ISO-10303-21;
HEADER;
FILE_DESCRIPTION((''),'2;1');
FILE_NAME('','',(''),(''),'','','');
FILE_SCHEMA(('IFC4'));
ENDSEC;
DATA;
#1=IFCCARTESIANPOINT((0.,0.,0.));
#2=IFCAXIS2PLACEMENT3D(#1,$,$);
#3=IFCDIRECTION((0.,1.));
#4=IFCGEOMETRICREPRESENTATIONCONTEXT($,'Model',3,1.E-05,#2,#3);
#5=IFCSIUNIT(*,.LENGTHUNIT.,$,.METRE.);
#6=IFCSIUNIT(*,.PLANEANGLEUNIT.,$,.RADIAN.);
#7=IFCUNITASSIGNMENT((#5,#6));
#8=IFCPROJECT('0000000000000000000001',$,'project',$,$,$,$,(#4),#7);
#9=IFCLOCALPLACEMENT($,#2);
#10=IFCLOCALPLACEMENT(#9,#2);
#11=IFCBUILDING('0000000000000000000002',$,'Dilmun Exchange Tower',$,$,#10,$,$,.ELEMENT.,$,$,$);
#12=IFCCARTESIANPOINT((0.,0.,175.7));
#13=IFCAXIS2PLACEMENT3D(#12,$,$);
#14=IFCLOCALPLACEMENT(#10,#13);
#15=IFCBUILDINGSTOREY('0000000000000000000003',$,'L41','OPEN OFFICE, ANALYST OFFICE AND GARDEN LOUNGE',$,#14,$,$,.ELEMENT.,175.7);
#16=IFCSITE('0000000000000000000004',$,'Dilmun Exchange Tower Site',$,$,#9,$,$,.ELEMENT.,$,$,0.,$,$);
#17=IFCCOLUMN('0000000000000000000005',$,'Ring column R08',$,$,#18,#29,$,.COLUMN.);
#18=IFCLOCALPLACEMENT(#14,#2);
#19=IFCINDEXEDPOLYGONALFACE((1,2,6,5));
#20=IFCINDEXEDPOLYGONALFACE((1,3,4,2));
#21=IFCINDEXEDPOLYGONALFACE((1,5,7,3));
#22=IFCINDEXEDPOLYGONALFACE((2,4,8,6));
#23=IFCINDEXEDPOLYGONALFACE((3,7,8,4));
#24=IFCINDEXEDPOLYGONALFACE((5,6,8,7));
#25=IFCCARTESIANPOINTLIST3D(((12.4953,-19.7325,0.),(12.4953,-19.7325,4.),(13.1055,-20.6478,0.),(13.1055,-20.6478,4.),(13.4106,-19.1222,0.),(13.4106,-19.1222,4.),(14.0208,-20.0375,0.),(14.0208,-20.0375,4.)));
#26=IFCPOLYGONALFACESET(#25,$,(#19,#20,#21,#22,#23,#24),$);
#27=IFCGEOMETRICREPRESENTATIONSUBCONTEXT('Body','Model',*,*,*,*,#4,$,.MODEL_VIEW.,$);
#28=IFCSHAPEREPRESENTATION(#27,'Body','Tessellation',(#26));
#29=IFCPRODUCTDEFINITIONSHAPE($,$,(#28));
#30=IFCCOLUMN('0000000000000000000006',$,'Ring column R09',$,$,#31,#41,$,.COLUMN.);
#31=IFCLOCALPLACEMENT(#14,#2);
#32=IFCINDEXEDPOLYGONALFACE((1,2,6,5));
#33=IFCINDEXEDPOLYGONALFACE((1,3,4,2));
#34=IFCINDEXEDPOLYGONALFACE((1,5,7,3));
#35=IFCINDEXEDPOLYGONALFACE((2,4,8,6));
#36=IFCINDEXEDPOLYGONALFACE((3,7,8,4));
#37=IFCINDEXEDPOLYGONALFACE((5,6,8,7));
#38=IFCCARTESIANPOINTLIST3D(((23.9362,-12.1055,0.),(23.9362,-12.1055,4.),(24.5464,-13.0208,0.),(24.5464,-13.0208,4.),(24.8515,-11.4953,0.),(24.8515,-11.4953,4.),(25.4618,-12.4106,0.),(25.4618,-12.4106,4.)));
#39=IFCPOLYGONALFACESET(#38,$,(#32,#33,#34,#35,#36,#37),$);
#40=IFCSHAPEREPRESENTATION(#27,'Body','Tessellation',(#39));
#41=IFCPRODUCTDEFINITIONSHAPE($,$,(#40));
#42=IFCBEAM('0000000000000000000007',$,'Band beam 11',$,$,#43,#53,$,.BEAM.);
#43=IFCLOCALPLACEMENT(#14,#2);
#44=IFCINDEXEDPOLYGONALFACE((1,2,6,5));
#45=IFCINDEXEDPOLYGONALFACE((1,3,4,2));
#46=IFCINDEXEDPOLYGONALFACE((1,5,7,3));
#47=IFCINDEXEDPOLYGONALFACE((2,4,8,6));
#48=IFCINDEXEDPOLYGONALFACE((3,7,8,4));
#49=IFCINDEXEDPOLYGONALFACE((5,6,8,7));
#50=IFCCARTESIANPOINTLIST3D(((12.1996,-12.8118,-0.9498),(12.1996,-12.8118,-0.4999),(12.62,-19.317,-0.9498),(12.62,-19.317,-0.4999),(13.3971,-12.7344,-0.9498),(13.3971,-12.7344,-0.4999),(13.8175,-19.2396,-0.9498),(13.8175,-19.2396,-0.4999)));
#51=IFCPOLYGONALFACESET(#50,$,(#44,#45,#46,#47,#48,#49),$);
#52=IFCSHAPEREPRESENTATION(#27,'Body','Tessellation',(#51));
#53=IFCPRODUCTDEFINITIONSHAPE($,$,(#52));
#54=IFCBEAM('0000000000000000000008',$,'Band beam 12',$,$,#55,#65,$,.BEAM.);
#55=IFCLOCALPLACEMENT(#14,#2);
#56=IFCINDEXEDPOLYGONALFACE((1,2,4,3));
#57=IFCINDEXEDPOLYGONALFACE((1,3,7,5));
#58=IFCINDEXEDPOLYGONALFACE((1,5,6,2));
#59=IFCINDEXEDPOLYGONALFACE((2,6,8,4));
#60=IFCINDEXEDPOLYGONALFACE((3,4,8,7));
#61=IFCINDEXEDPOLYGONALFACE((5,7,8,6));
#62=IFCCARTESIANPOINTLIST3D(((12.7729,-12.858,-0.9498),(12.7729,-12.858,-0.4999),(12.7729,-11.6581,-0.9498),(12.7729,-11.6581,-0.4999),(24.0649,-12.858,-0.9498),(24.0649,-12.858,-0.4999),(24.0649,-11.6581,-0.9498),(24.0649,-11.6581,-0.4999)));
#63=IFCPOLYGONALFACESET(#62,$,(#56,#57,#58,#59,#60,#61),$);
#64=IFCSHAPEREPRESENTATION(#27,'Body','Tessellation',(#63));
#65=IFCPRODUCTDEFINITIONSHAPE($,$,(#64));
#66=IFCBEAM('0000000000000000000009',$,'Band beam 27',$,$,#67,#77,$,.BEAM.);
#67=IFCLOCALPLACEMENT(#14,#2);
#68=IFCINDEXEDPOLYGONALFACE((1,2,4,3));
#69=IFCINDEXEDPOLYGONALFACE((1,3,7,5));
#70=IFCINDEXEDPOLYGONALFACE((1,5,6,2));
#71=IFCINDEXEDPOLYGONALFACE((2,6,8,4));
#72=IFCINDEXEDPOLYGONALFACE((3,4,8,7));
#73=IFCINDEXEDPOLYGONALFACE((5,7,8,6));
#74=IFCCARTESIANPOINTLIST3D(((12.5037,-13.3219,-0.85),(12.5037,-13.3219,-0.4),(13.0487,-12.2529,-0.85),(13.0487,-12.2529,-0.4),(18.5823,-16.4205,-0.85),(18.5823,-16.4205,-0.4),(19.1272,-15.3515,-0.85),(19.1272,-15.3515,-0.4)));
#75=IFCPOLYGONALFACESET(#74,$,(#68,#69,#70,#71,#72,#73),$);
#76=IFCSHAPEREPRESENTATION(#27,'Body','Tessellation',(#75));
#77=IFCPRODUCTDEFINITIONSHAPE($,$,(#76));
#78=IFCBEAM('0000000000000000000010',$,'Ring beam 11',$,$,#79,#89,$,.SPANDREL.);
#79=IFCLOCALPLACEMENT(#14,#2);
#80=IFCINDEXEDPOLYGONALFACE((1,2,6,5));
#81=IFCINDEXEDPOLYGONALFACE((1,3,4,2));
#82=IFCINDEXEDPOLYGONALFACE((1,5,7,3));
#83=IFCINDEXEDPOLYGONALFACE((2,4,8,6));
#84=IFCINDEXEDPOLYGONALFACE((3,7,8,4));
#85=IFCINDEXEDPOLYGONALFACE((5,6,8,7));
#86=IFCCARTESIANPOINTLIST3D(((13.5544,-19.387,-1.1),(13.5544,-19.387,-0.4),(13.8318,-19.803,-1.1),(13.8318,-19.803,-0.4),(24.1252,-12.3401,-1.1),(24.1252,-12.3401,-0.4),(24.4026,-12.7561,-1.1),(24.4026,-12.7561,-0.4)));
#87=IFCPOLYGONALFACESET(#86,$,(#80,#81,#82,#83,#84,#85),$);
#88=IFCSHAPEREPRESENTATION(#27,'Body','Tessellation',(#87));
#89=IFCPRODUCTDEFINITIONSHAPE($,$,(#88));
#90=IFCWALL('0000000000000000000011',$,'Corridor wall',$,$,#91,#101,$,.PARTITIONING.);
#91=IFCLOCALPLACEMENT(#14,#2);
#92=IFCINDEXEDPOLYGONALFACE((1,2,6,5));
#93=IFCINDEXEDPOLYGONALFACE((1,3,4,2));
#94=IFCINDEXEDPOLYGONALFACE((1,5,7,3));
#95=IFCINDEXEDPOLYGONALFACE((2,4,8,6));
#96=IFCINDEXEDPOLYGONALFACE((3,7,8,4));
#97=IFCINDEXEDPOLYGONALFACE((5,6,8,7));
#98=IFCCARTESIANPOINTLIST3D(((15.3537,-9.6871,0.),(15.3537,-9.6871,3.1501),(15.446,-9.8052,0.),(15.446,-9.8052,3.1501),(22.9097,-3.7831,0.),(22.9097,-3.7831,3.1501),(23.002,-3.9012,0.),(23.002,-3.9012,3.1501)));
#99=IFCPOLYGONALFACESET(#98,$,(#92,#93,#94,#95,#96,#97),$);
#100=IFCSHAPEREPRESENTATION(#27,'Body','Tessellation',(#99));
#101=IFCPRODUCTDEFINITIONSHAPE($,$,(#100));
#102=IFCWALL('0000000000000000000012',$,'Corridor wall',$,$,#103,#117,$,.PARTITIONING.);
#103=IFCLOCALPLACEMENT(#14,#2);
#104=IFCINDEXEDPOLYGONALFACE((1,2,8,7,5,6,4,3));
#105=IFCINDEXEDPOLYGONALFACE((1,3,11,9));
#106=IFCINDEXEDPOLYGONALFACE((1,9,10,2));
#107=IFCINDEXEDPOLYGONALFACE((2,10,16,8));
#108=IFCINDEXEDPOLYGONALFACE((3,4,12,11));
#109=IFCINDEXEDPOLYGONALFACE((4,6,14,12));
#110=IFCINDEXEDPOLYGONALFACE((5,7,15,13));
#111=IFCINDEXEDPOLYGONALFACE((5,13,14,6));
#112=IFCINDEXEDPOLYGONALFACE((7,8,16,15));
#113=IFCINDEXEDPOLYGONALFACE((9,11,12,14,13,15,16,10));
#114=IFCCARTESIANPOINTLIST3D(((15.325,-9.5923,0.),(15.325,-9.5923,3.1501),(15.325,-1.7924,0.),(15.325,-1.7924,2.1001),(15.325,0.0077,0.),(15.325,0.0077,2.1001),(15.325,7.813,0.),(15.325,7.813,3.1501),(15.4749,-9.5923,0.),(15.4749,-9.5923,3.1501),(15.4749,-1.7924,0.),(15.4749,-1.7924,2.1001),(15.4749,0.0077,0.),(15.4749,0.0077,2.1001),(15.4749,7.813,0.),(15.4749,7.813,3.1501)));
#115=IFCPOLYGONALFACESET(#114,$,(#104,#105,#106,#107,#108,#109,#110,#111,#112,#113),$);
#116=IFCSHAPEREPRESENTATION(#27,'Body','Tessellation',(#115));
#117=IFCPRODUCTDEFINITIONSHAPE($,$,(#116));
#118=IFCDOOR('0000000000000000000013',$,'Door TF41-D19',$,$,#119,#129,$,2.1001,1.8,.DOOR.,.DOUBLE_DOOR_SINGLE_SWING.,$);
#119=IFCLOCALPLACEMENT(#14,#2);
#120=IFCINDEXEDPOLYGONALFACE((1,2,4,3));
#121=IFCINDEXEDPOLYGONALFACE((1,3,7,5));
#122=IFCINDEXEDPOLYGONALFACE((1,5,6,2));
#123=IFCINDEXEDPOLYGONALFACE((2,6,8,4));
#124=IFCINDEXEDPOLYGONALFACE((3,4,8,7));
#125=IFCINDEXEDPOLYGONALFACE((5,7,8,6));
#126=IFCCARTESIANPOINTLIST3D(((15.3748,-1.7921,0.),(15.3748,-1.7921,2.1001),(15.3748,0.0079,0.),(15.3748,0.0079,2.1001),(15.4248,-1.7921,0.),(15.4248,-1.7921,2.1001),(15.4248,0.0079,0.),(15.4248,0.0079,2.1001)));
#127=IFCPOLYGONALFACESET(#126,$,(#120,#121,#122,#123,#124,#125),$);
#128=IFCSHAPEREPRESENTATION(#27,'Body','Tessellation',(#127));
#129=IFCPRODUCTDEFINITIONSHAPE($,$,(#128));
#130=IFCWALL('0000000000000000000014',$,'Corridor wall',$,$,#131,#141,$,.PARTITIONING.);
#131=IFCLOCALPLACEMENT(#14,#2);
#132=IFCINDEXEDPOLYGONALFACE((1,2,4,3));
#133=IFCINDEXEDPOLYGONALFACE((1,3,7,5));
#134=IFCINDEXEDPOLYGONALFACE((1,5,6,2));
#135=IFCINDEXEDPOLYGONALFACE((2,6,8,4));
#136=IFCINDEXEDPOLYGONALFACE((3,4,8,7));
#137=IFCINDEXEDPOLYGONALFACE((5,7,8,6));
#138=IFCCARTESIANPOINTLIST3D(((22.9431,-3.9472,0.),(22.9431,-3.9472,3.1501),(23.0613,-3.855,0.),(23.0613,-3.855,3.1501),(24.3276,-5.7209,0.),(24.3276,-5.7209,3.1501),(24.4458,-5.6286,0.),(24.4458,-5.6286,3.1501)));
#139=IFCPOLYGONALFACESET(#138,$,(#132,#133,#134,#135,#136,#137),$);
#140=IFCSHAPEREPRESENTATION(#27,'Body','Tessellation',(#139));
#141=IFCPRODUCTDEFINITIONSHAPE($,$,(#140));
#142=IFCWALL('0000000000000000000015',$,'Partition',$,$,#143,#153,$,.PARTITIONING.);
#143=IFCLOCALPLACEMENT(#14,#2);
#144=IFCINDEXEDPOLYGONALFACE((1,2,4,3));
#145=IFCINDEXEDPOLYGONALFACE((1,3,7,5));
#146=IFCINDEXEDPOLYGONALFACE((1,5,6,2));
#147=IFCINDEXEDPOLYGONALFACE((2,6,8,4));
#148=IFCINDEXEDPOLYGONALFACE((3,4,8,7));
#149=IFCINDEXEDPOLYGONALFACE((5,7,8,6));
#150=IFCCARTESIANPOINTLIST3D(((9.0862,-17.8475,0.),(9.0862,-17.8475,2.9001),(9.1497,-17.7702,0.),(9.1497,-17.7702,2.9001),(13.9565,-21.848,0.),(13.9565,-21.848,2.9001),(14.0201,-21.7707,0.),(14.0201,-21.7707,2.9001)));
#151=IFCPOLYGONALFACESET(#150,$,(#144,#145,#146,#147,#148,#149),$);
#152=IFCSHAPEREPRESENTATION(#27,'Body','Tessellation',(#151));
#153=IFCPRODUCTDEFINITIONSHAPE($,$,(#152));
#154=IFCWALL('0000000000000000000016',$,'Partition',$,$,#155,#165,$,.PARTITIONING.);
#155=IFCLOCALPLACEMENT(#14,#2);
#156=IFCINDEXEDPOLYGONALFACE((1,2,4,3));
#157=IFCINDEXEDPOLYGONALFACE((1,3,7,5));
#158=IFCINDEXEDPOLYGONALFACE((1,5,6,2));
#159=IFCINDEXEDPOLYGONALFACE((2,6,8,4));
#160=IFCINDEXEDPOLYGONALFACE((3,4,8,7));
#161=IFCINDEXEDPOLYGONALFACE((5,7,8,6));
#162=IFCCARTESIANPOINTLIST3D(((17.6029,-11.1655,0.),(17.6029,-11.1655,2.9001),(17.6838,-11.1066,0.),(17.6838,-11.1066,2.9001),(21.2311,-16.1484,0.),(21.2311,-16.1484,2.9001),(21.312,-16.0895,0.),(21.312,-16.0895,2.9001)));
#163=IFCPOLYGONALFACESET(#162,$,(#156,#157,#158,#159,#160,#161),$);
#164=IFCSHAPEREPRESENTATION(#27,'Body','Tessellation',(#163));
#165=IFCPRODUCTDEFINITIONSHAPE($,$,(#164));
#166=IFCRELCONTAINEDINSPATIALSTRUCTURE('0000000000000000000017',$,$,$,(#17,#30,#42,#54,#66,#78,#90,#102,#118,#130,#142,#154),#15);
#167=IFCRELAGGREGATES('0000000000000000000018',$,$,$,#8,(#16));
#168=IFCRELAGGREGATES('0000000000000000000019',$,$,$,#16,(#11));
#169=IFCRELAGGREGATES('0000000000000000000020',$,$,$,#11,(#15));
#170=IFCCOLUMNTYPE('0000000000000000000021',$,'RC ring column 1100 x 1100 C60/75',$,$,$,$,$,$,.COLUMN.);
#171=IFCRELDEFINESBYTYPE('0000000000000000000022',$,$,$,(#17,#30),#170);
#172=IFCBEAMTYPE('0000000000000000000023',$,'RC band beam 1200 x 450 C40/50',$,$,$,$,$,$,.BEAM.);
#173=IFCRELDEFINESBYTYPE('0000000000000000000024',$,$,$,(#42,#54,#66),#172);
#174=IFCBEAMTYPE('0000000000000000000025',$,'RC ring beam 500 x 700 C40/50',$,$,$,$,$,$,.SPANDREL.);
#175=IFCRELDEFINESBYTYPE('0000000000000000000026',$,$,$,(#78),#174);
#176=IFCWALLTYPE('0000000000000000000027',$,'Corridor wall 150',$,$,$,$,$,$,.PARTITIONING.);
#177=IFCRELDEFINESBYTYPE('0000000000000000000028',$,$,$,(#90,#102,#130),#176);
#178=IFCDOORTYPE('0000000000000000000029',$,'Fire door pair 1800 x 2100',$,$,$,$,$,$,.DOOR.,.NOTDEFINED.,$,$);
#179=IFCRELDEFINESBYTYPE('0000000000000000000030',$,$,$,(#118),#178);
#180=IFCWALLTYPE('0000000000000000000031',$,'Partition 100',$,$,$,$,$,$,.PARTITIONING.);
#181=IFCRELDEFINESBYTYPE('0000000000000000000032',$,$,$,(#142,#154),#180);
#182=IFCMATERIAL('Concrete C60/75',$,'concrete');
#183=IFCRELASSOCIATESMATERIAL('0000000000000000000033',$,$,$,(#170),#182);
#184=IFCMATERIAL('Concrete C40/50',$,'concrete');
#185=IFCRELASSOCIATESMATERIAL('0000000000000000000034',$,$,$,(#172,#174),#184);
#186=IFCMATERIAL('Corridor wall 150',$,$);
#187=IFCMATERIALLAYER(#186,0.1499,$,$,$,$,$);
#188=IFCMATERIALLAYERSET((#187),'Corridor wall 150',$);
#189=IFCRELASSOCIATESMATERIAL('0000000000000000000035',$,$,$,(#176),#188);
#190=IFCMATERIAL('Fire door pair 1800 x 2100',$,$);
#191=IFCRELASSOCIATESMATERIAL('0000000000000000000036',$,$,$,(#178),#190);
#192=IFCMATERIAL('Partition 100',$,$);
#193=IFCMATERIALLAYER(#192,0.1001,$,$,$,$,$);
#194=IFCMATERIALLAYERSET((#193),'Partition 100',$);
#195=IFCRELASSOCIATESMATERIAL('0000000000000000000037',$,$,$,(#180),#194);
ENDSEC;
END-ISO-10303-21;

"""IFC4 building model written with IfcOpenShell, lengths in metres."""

from ifc_helpers import new_model, si_unit, direction, frame, frame_2d, origin, origin_2d, place, context, subcontext, project, spatial, rectangle, extrude, material, layer, layer_set, material_profile, profile_set, type_object, element, fill, save


model = new_model("IFC4")

# Units and contexts
model_context = context("Model", 3, precision=1e-05, world=origin(), true_north=direction((0.0, 1.0)))
body_context = subcontext(model_context, "Body", "Model", "MODEL_VIEW")
ifc_project = project(units=[si_unit("LENGTHUNIT", "METRE"), si_unit("PLANEANGLEUNIT", "RADIAN")], contexts=[model_context])

# Site, building, storey
site_placement = place(None, origin())
site = spatial("IfcSite", under=ifc_project, at=site_placement, Name="Dilmun Exchange Tower Site", CompositionType="ELEMENT", RefElevation=0.0)
building_placement = place(site_placement, origin())
building = spatial("IfcBuilding", under=site, at=building_placement, Name="Dilmun Exchange Tower", CompositionType="ELEMENT")
storey_placement = place(building_placement, frame((0.0, 0.0, 175.7)))
storey = spatial("IfcBuildingStorey", under=building, at=storey_placement, Name="L41", Description="OPEN OFFICE, ANALYST OFFICE AND GARDEN LOUNGE", CompositionType="ELEMENT", Elevation=175.7)

# Columns
ifc_material_1 = material(Name="Concrete C60/75", Category="concrete")
ifc_material_profile_1 = material_profile(ifc_material_1, rectangle(XDim=1.1001, YDim=1.1001, at=origin_2d()), Name="1100 x 1100")
ifc_profile_set_1 = profile_set([ifc_material_profile_1], Name="Concrete C60/75")
column_type = type_object("IfcColumnType", Name="RC ring column 1100 x 1100 C60/75", PredefinedType="COLUMN", material=ifc_profile_set_1)
for number, where, z_axis, x_axis, name in (
    (1, (13.2581, -19.885, 0.0), (0.0, 0.0, 1.0), (0.832029, 0.554733, 0.0), "Ring column R08"),
    (2, (24.699, -12.2581, 0.0), (0.0, 0.0, 1.0), (0.832029, 0.554733, 0.0), "Ring column R09"),
):
    element("IfcColumn", number, at=place(storey_placement, frame(where, z_axis=z_axis, x_axis=x_axis)), inside=storey, type_object=column_type, Name=name, PredefinedType="COLUMN", context=body_context, shape_type="SweptSolid", body=[
        extrude(rectangle(XDim=1.1001, YDim=1.1001, at=origin_2d()), origin(), (0.0, 0.0, 1.0), 4.0),
    ])

# Beams
ifc_material_2 = material(Name="Concrete C40/50", Category="concrete")
ifc_material_profile_2 = material_profile(ifc_material_2, rectangle(XDim=1.2, YDim=0.45, at=origin_2d()), Name="1200 x 450")
ifc_profile_set_2 = profile_set([ifc_material_profile_2], Name="Concrete C40/50")
beam_type_1 = type_object("IfcBeamType", Name="RC band beam 1200 x 450 C40/50", PredefinedType="BEAM", material=ifc_profile_set_2)
beam_1_placement = place(storey_placement, frame((13.2188, -19.2783, -0.7249), z_axis=(-0.064493, 0.997918, 0.0), x_axis=(-0.997918, -0.064493, 0.0)))
element("IfcBeam", 3, at=beam_1_placement, inside=storey, type_object=beam_type_1, Name="Band beam 11", PredefinedType="BEAM", context=body_context, shape_type="SweptSolid", body=[
    extrude(rectangle(XDim=1.2, YDim=0.45, at=origin_2d()), origin(), (0.0, 0.0, 1.0), 6.5188),
])
beam_2_placement = place(storey_placement, frame((24.0649, -12.2581, -0.7249), z_axis=(-1.0, 0.0, 0.0), x_axis=(0.0, -1.0, 0.0)))
element("IfcBeam", 4, at=beam_2_placement, inside=storey, type_object=beam_type_1, Name="Band beam 12", PredefinedType="BEAM", context=body_context, shape_type="SweptSolid", body=[
    extrude(rectangle(XDim=1.2, YDim=0.45, at=origin_2d()), origin(), (0.0, 0.0, 1.0), 11.292),
])
beam_3_placement = place(storey_placement, frame((18.8547, -15.886, -0.625), z_axis=(-0.890922, 0.454156, 0.0), x_axis=(-0.454156, -0.890922, 0.0)))
element("IfcBeam", 5, at=beam_3_placement, inside=storey, type_object=beam_type_1, Name="Band beam 27", PredefinedType="BEAM", context=body_context, shape_type="SweptSolid", body=[
    extrude(rectangle(XDim=1.2, YDim=0.45, at=origin_2d()), origin(), (0.0, 0.0, 1.0), 6.8228),
])
ifc_material_profile_3 = material_profile(ifc_material_2, rectangle(XDim=0.5, YDim=0.7, at=origin_2d()), Name="500 x 700")
ifc_profile_set_3 = profile_set([ifc_material_profile_3], Name="Concrete C40/50")
beam_type_2 = type_object("IfcBeamType", Name="RC ring beam 500 x 700 C40/50", PredefinedType="SPANDREL", material=ifc_profile_set_3)
beam_4_placement = place(storey_placement, frame((13.6931, -19.595, -0.75), z_axis=(0.832062, 0.554682, 0.0), x_axis=(-0.554682, 0.832062, 0.0)))
element("IfcBeam", 6, at=beam_4_placement, inside=storey, type_object=beam_type_2, Name="Ring beam 11", PredefinedType="SPANDREL", context=body_context, shape_type="SweptSolid", body=[
    extrude(rectangle(XDim=0.5, YDim=0.7, at=origin_2d()), origin(), (0.0, 0.0, 1.0), 12.7043),
])

# Wall
ifc_material_3 = material(Name="Corridor wall 150")
ifc_layer_1 = layer(ifc_material_3, 0.1499)
ifc_layer_set_1 = layer_set([ifc_layer_1], Name="Corridor wall 150")
wall_type_1 = type_object("IfcWallType", Name="Corridor wall 150", PredefinedType="PARTITIONING", material=ifc_layer_set_1)
wall_1_placement = place(storey_placement, frame((15.3999, -9.7461, 0.0), z_axis=(0.0, 0.0, 1.0), x_axis=(0.787983, 0.615696, 0.0)))
element("IfcWall", 7, at=wall_1_placement, inside=storey, type_object=wall_type_1, Name="Corridor wall", PredefinedType="PARTITIONING", context=body_context, shape_type="SweptSolid", body=[
    extrude(rectangle(XDim=9.5891, YDim=0.1499, at=frame_2d((4.7944, 0.0))), origin(), (0.0, 0.0, 1.0), 3.1501),
])

# Wall, opening, door
wall_2_placement = place(storey_placement, frame((15.3999, -9.5923, 0.0), z_axis=(0.0, 0.0, 1.0), x_axis=(0.0, 1.0, 0.0)))
wall_2 = element("IfcWall", 8, at=wall_2_placement, inside=storey, type_object=wall_type_1, Name="Corridor wall", PredefinedType="PARTITIONING", context=body_context, shape_type="SweptSolid", body=[
    extrude(rectangle(XDim=17.4053, YDim=0.1499, at=frame_2d((8.7026, 0.0))), origin(), (0.0, 0.0, 1.0), 3.1501),
])
opening_1_placement = place(wall_2_placement, frame((7.8, 0.0, 0.0)))
opening_1 = element("IfcOpeningElement", 9, at=opening_1_placement, cuts=wall_2, PredefinedType="OPENING", context=body_context, shape_type="SweptSolid", body=[
    extrude(rectangle(XDim=1.8, YDim=2.1001, at=frame_2d((0.8999, 1.05))), frame((0.0, 0.085, 0.0), z_axis=(0.0, -1.0, 0.0), x_axis=(1.0, 0.0, 0.0)), (0.0, 0.0, 1.0), 0.1699),
])
ifc_material_4 = material(Name="Fire door pair 1800 x 2100")
door_type_1 = type_object("IfcDoorType", Name="Fire door pair 1800 x 2100", OperationType="NOTDEFINED", PredefinedType="DOOR", material=ifc_material_4)
door_1_placement = place(opening_1_placement, frame((1.8, 0.0, 0.0), z_axis=(0.0, 0.0, 1.0), x_axis=(-1.0, 0.0, 0.0)))
door_1 = element("IfcDoor", 10, at=door_1_placement, inside=storey, type_object=door_type_1, Name="Door TF41-D19", OperationType="DOUBLE_DOOR_SINGLE_SWING", OverallHeight=2.1001, OverallWidth=1.8, PredefinedType="DOOR", context=body_context, shape_type="SweptSolid", body=[
    extrude(rectangle(XDim=1.8, YDim=2.1001, at=frame_2d((0.8999, 1.05))), frame((0.0, 0.0249, 0.0), z_axis=(0.0, -1.0, 0.0), x_axis=(1.0, 0.0, 0.0)), (0.0, 0.0, 1.0), 0.05),
])
fill(opening_1, door_1)

# Walls
wall_3_placement = place(storey_placement, frame((23.0022, -3.9011, 0.0), z_axis=(0.0, 0.0, 1.0), x_axis=(0.615322, -0.788276, 0.0)))
element("IfcWall", 11, at=wall_3_placement, inside=storey, type_object=wall_type_1, Name="Corridor wall", PredefinedType="PARTITIONING", context=body_context, shape_type="SweptSolid", body=[
    extrude(rectangle(XDim=2.25, YDim=0.1499, at=frame_2d((1.125, 0.0))), origin(), (0.0, 0.0, 1.0), 3.1501),
])
ifc_material_5 = material(Name="Partition 100")
ifc_layer_2 = layer(ifc_material_5, 0.1001)
ifc_layer_set_2 = layer_set([ifc_layer_2], Name="Partition 100")
wall_type_2 = type_object("IfcWallType", Name="Partition 100", PredefinedType="PARTITIONING", material=ifc_layer_set_2)
wall_4_placement = place(storey_placement, frame((9.1179, -17.8088, 0.0), z_axis=(0.0, 0.0, 1.0), x_axis=(0.772739, -0.634724, 0.0)))
element("IfcWall", 12, at=wall_4_placement, inside=storey, type_object=wall_type_2, Name="Partition", PredefinedType="PARTITIONING", context=body_context, shape_type="SweptSolid", body=[
    extrude(rectangle(XDim=6.3027, YDim=0.1001, at=frame_2d((3.1514, 0.0))), origin(), (0.0, 0.0, 1.0), 2.9001),
])
wall_5_placement = place(storey_placement, frame((17.6433, -11.136, 0.0), z_axis=(0.0, 0.0, 1.0), x_axis=(0.588621, -0.808409, 0.0)))
element("IfcWall", 13, at=wall_5_placement, inside=storey, type_object=wall_type_2, Name="Partition", PredefinedType="PARTITIONING", context=body_context, shape_type="SweptSolid", body=[
    extrude(rectangle(XDim=6.1638, YDim=0.1001, at=frame_2d((3.082, 0.0))), origin(), (0.0, 0.0, 1.0), 2.9001),
])

save(model, "model.ifc")
